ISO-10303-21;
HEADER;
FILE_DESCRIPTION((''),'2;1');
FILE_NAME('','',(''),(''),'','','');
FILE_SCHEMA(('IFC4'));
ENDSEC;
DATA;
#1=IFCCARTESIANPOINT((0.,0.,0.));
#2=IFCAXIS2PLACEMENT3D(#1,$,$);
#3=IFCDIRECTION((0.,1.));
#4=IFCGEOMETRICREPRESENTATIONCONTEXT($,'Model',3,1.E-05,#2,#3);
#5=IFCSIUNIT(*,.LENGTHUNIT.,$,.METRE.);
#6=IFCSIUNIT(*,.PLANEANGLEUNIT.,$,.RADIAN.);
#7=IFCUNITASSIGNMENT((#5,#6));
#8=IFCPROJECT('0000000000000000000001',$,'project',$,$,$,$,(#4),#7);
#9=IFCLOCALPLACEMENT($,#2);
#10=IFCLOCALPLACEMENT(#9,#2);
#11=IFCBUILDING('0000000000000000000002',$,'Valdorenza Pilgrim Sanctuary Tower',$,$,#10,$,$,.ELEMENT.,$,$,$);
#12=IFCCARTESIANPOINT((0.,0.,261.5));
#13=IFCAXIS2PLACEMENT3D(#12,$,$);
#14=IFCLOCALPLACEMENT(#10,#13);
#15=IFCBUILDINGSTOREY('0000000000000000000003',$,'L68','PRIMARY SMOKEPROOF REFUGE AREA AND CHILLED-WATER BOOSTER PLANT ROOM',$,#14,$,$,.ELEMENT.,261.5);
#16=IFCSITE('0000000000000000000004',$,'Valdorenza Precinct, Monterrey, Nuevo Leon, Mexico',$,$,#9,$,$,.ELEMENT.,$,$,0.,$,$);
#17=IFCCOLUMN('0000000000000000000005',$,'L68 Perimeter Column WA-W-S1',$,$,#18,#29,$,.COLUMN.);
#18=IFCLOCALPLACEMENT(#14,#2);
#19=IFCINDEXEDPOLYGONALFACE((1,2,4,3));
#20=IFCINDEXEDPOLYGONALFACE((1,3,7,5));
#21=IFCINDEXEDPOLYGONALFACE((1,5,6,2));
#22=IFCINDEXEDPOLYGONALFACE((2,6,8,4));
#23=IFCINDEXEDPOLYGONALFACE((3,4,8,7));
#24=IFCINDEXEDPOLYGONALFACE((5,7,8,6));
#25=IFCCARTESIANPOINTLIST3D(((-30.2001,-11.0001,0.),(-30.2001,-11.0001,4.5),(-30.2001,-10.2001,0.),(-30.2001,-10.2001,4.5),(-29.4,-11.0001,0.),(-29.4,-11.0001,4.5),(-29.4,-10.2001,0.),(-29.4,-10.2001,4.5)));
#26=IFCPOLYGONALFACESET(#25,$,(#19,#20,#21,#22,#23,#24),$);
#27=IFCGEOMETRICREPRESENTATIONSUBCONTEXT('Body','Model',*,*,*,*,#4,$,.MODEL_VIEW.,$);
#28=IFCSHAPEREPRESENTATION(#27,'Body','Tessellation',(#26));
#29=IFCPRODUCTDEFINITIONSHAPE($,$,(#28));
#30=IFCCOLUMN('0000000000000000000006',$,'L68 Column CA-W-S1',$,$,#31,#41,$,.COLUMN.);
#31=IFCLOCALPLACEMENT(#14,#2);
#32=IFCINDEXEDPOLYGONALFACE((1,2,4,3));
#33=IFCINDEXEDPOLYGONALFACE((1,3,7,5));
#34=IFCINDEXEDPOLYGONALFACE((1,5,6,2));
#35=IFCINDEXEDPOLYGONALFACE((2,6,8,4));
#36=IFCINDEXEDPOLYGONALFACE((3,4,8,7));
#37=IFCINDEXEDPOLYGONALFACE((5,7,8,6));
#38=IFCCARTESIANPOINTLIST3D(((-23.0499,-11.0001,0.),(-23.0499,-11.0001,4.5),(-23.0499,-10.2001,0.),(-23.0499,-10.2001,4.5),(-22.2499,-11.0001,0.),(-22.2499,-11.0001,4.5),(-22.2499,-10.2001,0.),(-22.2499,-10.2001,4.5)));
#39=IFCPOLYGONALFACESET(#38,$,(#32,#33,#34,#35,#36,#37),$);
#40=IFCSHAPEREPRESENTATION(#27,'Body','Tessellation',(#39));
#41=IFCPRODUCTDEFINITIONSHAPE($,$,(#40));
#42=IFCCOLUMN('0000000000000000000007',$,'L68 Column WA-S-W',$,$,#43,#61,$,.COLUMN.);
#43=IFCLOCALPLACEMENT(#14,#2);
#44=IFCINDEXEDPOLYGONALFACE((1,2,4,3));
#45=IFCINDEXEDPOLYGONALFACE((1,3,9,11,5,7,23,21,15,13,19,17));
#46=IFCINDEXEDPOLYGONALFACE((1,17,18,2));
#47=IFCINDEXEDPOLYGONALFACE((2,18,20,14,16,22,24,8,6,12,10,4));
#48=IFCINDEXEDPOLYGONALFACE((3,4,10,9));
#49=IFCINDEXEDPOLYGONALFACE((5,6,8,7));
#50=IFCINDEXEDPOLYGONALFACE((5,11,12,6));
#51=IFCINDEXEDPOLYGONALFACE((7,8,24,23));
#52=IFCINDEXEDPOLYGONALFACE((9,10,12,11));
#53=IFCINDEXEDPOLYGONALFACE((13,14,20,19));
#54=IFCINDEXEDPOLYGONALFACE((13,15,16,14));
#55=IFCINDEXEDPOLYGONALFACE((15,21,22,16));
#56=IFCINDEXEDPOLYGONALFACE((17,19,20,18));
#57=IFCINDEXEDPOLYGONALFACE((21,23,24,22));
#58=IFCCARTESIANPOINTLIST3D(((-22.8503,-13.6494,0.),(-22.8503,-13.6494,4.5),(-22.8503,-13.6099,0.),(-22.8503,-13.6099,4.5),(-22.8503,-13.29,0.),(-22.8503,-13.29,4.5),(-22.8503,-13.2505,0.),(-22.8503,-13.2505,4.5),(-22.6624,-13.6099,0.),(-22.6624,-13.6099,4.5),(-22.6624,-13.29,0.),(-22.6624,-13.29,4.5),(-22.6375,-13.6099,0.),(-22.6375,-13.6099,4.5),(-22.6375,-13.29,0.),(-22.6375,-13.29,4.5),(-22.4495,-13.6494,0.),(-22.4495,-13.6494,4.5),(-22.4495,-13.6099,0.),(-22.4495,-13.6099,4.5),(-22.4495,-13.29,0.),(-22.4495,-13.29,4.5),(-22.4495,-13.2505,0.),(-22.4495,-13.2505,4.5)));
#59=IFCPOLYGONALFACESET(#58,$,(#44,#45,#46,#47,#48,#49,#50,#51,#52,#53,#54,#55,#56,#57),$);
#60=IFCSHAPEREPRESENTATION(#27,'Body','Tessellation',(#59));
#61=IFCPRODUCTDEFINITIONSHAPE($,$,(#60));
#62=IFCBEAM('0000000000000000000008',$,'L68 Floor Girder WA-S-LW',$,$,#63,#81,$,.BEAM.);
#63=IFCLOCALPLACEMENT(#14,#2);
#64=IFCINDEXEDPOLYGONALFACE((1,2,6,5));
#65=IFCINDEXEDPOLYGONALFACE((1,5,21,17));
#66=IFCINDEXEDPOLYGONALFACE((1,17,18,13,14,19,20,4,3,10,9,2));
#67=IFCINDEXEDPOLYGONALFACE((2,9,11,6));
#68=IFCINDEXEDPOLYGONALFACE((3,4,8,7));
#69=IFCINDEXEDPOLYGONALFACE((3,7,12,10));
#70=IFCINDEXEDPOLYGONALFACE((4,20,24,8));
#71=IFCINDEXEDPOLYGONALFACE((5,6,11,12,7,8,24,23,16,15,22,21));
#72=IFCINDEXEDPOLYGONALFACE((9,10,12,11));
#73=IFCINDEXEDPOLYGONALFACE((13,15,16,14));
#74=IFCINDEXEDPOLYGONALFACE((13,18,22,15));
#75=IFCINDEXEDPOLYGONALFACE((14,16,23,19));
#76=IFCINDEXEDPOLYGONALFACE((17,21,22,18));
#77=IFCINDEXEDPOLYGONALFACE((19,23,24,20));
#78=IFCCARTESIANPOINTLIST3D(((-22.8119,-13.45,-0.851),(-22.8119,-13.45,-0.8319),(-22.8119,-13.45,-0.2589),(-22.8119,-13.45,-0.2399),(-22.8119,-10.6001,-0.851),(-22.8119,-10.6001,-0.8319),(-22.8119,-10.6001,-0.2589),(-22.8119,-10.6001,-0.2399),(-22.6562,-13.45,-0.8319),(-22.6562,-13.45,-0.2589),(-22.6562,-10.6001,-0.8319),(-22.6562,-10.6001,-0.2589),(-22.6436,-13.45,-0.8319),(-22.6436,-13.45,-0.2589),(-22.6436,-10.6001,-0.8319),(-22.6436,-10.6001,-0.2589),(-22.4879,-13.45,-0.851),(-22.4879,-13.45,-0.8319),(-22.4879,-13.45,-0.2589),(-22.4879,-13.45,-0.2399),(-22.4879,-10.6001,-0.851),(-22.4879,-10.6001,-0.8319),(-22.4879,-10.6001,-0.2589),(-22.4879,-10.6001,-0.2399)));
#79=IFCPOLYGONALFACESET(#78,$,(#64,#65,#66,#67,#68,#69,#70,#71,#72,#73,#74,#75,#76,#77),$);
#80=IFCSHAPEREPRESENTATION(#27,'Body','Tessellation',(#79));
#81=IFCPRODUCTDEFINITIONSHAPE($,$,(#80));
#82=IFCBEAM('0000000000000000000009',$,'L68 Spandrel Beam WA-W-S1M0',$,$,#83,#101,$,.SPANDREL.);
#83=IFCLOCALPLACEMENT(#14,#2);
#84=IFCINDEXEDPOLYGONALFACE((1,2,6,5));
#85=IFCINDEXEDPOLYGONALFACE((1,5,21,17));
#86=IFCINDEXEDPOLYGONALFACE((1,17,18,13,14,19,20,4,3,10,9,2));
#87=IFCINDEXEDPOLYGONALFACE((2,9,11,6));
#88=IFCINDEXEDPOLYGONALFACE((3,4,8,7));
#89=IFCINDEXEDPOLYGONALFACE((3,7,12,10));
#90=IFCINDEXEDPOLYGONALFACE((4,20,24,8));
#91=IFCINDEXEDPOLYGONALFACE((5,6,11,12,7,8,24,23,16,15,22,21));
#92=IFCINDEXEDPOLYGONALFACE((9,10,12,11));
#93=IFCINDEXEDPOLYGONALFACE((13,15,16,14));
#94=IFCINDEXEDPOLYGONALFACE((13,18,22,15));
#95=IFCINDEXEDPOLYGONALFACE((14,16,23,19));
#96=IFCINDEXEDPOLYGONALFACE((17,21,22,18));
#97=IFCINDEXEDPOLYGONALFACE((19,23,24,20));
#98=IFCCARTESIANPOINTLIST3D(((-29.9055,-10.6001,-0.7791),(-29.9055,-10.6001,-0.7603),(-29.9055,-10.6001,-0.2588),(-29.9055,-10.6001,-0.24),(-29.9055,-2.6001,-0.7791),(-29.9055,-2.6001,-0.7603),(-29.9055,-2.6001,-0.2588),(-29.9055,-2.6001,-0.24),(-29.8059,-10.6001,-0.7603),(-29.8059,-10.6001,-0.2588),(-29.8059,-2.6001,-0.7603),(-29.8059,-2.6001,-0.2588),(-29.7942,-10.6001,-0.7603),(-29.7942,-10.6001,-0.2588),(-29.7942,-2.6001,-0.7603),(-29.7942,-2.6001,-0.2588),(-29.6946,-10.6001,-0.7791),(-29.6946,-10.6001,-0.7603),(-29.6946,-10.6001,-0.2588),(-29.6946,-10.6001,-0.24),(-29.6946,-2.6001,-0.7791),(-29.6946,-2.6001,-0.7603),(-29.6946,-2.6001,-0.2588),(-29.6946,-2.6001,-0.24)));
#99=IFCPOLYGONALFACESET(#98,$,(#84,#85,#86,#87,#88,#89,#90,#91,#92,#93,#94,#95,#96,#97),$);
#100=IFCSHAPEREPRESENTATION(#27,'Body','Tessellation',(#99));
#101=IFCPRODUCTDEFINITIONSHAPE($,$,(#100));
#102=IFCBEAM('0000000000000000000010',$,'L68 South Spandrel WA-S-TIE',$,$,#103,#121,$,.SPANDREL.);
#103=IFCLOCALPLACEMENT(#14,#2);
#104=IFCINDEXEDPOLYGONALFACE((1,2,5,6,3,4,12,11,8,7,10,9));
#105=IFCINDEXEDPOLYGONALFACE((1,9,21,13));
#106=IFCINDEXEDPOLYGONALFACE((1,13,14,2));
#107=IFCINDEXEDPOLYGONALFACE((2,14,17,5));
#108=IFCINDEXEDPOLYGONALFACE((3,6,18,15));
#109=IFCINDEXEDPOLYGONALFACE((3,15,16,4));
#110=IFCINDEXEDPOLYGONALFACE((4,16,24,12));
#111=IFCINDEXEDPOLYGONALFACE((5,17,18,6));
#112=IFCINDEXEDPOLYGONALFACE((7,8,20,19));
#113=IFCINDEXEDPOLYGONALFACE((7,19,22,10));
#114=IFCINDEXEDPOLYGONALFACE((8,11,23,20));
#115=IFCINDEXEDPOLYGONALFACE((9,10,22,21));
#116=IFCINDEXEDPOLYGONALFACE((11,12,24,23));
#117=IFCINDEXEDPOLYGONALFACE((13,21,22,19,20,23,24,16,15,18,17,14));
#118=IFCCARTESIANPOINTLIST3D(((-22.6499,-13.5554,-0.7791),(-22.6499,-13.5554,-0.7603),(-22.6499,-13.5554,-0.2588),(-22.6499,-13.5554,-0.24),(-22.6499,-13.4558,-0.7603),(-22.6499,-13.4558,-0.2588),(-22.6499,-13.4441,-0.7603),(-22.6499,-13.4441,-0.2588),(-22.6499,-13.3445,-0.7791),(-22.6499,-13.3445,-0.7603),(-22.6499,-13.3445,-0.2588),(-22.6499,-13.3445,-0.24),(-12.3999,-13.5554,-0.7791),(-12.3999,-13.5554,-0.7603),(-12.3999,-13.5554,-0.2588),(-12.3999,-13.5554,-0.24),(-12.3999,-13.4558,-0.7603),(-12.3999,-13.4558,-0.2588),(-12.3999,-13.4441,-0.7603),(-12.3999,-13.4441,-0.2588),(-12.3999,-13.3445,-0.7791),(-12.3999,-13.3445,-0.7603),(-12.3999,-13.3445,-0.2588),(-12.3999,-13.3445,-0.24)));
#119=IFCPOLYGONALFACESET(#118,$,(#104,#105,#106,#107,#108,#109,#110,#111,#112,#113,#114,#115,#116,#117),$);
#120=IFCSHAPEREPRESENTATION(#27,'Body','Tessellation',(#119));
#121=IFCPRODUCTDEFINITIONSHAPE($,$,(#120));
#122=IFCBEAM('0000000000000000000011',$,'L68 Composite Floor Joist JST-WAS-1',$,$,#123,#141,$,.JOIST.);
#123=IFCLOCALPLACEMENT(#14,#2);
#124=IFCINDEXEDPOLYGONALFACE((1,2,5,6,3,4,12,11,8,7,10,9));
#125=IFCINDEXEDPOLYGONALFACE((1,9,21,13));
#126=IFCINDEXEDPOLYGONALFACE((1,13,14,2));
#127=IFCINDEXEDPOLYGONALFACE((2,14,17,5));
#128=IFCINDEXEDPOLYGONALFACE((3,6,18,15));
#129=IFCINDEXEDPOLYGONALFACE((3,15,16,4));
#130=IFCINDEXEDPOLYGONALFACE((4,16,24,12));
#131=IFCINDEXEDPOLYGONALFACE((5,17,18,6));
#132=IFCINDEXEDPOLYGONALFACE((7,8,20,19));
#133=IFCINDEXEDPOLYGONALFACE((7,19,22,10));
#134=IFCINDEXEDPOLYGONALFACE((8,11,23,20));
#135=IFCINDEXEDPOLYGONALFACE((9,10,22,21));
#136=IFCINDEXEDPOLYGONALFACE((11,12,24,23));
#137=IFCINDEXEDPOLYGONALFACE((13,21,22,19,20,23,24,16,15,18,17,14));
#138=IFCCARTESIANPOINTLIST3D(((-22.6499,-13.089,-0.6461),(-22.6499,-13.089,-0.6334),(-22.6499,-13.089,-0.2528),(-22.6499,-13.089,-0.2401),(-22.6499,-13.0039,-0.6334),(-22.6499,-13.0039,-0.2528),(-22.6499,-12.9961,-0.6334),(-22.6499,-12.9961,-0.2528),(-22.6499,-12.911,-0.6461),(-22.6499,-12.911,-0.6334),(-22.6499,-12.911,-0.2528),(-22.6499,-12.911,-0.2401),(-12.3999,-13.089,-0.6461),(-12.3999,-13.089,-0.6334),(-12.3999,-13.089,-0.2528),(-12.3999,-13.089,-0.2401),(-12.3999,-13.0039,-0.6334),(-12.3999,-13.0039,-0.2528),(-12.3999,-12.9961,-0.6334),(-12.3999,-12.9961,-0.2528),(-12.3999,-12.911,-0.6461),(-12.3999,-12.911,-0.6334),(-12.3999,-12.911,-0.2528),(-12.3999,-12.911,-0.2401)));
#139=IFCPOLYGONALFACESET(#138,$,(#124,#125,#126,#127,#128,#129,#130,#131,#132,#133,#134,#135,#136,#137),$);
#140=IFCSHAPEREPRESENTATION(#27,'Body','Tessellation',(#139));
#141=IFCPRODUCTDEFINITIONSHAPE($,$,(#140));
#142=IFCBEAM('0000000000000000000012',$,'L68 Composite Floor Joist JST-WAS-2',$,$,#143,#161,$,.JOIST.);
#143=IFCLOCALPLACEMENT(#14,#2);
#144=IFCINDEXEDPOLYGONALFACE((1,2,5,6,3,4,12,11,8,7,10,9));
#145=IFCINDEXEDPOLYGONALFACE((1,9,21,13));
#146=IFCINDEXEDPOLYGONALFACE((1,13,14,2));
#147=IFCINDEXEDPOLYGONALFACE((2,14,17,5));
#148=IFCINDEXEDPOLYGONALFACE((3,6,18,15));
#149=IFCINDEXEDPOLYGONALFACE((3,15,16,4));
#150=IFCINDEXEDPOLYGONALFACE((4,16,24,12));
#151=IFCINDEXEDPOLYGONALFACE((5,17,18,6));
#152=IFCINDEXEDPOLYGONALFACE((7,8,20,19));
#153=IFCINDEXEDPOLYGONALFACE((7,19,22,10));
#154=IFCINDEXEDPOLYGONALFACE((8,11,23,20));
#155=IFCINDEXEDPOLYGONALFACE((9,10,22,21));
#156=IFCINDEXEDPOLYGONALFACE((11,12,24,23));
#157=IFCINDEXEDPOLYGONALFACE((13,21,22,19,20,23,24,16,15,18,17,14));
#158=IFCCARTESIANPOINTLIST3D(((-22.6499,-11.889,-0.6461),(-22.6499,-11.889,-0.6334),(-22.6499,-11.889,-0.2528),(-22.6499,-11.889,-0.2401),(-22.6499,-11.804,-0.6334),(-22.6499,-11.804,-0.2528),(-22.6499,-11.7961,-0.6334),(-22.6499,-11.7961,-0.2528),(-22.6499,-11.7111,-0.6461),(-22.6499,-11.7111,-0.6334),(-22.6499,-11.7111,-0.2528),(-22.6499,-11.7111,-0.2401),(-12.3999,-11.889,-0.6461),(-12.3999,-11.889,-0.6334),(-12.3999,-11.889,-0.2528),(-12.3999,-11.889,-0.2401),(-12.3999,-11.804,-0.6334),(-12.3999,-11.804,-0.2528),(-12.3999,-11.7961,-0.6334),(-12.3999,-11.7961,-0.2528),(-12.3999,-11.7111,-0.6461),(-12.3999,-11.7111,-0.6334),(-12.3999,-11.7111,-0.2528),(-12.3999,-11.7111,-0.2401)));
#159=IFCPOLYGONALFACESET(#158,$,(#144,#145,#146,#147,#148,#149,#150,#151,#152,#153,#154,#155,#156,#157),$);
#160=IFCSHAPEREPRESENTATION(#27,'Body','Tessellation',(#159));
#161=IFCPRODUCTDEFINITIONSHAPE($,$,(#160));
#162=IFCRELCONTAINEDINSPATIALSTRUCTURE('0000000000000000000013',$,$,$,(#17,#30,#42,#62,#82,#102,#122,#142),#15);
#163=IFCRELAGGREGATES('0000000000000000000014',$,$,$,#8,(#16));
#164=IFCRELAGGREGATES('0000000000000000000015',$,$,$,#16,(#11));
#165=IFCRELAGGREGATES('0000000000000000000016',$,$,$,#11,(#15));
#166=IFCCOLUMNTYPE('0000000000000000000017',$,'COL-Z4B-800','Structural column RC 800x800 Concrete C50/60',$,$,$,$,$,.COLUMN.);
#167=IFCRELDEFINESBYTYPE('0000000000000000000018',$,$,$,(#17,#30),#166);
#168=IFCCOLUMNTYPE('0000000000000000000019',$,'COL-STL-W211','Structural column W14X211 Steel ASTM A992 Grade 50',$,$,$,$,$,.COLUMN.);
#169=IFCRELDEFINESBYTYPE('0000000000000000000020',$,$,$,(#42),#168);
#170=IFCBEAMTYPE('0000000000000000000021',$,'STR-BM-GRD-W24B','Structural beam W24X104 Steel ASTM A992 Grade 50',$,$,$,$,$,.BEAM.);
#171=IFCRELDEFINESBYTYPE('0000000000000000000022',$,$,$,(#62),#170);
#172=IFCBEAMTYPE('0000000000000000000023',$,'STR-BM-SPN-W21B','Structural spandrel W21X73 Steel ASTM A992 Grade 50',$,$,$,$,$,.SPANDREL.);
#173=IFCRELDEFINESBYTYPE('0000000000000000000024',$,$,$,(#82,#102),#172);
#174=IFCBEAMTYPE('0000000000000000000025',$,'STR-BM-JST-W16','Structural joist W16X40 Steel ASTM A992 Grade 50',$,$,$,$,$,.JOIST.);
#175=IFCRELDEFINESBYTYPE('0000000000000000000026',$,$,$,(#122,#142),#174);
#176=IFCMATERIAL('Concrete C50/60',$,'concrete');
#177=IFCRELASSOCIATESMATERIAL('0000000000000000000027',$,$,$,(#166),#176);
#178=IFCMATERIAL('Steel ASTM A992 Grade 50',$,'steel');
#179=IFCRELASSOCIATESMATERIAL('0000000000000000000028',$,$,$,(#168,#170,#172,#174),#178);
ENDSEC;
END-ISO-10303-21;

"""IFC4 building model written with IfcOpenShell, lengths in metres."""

from ifc_helpers import new_model, si_unit, direction, frame, origin, origin_2d, place, context, subcontext, project, spatial, rectangle, i_section, extrude, source, transform, mapped, material, material_profile, profile_set, type_object, element, save


model = new_model("IFC4")

# Units and contexts
model_context = context("Model", 3, precision=1e-05, world=origin(), true_north=direction((0.0, 1.0)))
body_context = subcontext(model_context, "Body", "Model", "MODEL_VIEW")
ifc_project = project(units=[si_unit("LENGTHUNIT", "METRE"), si_unit("PLANEANGLEUNIT", "RADIAN")], contexts=[model_context])

# Site, building, storey
site_placement = place(None, origin())
site = spatial("IfcSite", under=ifc_project, at=site_placement, Name="Valdorenza Precinct, Monterrey, Nuevo Leon, Mexico", CompositionType="ELEMENT", RefElevation=0.0)
building_placement = place(site_placement, origin())
building = spatial("IfcBuilding", under=site, at=building_placement, Name="Valdorenza Pilgrim Sanctuary Tower", CompositionType="ELEMENT")
storey_placement = place(building_placement, frame((0.0, 0.0, 261.5)))
storey = spatial("IfcBuildingStorey", under=building, at=storey_placement, Name="L68", Description="PRIMARY SMOKEPROOF REFUGE AREA AND CHILLED-WATER BOOSTER PLANT ROOM", CompositionType="ELEMENT", Elevation=261.5)

# Columns
ifc_material_1 = material(Name="Concrete C50/60", Category="concrete")
ifc_material_profile_1 = material_profile(ifc_material_1, rectangle(XDim=0.8, YDim=0.8, at=origin_2d()), Name="RC 800x800")
ifc_profile_set_1 = profile_set([ifc_material_profile_1], Name="Concrete C50/60")
column_type_1 = type_object("IfcColumnType", Name="COL-Z4B-800", Description="Structural column RC 800x800 Concrete C50/60", PredefinedType="COLUMN", material=ifc_profile_set_1)
shared_shape_1 = source(origin(), body_context, "Body", "SweptSolid", [
    extrude(rectangle(XDim=0.8, YDim=0.8, at=origin_2d()), origin(), (0.0, 0.0, 1.0), 4.5),
])
for number, where, z_axis, x_axis, name in (
    (1, (-29.8, -10.6001, 0.0), (0.0, 0.0, 1.0), (1.0, 0.0, 0.0), "L68 Perimeter Column WA-W-S1"),
    (2, (-22.6499, -10.6001, 0.0), (0.0, 0.0, 1.0), (1.0, 0.0, 0.0), "L68 Column CA-W-S1"),
):
    element("IfcColumn", number, at=place(storey_placement, frame(where, z_axis=z_axis, x_axis=x_axis)), inside=storey, type_object=column_type_1, Name=name, PredefinedType="COLUMN", context=body_context, shape_type="MappedRepresentation", body=[
        mapped(shared_shape_1, transform((0.0, 0.0, 0.0), x_axis=(1.0, 0.0, 0.0), y_axis=(0.0, 1.0, 0.0), z_axis=(0.0, 0.0, 1.0), scale=1.0)),
    ])
ifc_material_2 = material(Name="Steel ASTM A992 Grade 50", Category="steel")
ifc_material_profile_2 = material_profile(ifc_material_2, i_section(OverallWidth=0.4009, OverallDepth=0.3989, WebThickness=0.0249, FlangeThickness=0.0396, at=origin_2d()), Name="W14X211")
ifc_profile_set_2 = profile_set([ifc_material_profile_2], Name="Steel ASTM A992 Grade 50")
column_type_2 = type_object("IfcColumnType", Name="COL-STL-W211", Description="Structural column W14X211 Steel ASTM A992 Grade 50", PredefinedType="COLUMN", material=ifc_profile_set_2)
shared_shape_2 = source(origin(), body_context, "Body", "SweptSolid", [
    extrude(i_section(OverallWidth=0.4009, OverallDepth=0.3989, WebThickness=0.0249, FlangeThickness=0.0396, at=origin_2d()), origin(), (0.0, 0.0, 1.0), 4.5),
])
column_placement = place(storey_placement, frame((-22.6499, -13.45, 0.0), z_axis=(0.0, 0.0, 1.0), x_axis=(1.0, 0.0, 0.0)))
element("IfcColumn", 3, at=column_placement, inside=storey, type_object=column_type_2, Name="L68 Column WA-S-W", PredefinedType="COLUMN", context=body_context, shape_type="MappedRepresentation", body=[
    mapped(shared_shape_2, transform((0.0, 0.0, 0.0), x_axis=(1.0, 0.0, 0.0), y_axis=(0.0, 1.0, 0.0), z_axis=(0.0, 0.0, 1.0), scale=1.0)),
])

# Beams
ifc_material_profile_3 = material_profile(ifc_material_2, i_section(OverallWidth=0.324, OverallDepth=0.6111, WebThickness=0.0127, FlangeThickness=0.019, at=origin_2d()), Name="W24X104")
ifc_profile_set_3 = profile_set([ifc_material_profile_3], Name="Steel ASTM A992 Grade 50")
beam_type_1 = type_object("IfcBeamType", Name="STR-BM-GRD-W24B", Description="Structural beam W24X104 Steel ASTM A992 Grade 50", PredefinedType="BEAM", material=ifc_profile_set_3)
shared_shape_3 = source(origin(), body_context, "Body", "SweptSolid", [
    extrude(i_section(OverallWidth=0.324, OverallDepth=0.6111, WebThickness=0.0127, FlangeThickness=0.019, at=origin_2d()), origin(), (0.0, 0.0, 1.0), 2.8499),
])
beam_1_placement = place(storey_placement, frame((-22.6499, -13.45, -0.5454), z_axis=(0.0, 1.0, 0.0), x_axis=(-1.0, 0.0, 0.0)))
element("IfcBeam", 4, at=beam_1_placement, inside=storey, type_object=beam_type_1, Name="L68 Floor Girder WA-S-LW", PredefinedType="BEAM", context=body_context, shape_type="MappedRepresentation", body=[
    mapped(shared_shape_3, transform((0.0, 0.0, 0.0), x_axis=(1.0, 0.0, 0.0), y_axis=(0.0, 1.0, 0.0), z_axis=(0.0, 0.0, 1.0), scale=1.0)),
])
ifc_material_profile_4 = material_profile(ifc_material_2, i_section(OverallWidth=0.2109, OverallDepth=0.5391, WebThickness=0.0117, FlangeThickness=0.0188, at=origin_2d()), Name="W21X73")
ifc_profile_set_4 = profile_set([ifc_material_profile_4], Name="Steel ASTM A992 Grade 50")
beam_type_2 = type_object("IfcBeamType", Name="STR-BM-SPN-W21B", Description="Structural spandrel W21X73 Steel ASTM A992 Grade 50", PredefinedType="SPANDREL", material=ifc_profile_set_4)
shared_shape_4 = source(origin(), body_context, "Body", "SweptSolid", [
    extrude(i_section(OverallWidth=0.2109, OverallDepth=0.5391, WebThickness=0.0117, FlangeThickness=0.0188, at=origin_2d()), origin(), (0.0, 0.0, 1.0), 8.0),
])
beam_2_placement = place(storey_placement, frame((-29.8, -10.6001, -0.5095), z_axis=(0.0, 1.0, 0.0), x_axis=(-1.0, 0.0, 0.0)))
element("IfcBeam", 5, at=beam_2_placement, inside=storey, type_object=beam_type_2, Name="L68 Spandrel Beam WA-W-S1M0", PredefinedType="SPANDREL", context=body_context, shape_type="MappedRepresentation", body=[
    mapped(shared_shape_4, transform((0.0, 0.0, 0.0), x_axis=(1.0, 0.0, 0.0), y_axis=(0.0, 1.0, 0.0), z_axis=(0.0, 0.0, 1.0), scale=1.0)),
])
shared_shape_5 = source(origin(), body_context, "Body", "SweptSolid", [
    extrude(i_section(OverallWidth=0.2109, OverallDepth=0.5391, WebThickness=0.0117, FlangeThickness=0.0188, at=origin_2d()), origin(), (0.0, 0.0, 1.0), 10.25),
])
beam_3_placement = place(storey_placement, frame((-22.6499, -13.45, -0.5095), z_axis=(1.0, 0.0, 0.0), x_axis=(0.0, 1.0, 0.0)))
element("IfcBeam", 6, at=beam_3_placement, inside=storey, type_object=beam_type_2, Name="L68 South Spandrel WA-S-TIE", PredefinedType="SPANDREL", context=body_context, shape_type="MappedRepresentation", body=[
    mapped(shared_shape_5, transform((0.0, 0.0, 0.0), x_axis=(1.0, 0.0, 0.0), y_axis=(0.0, 1.0, 0.0), z_axis=(0.0, 0.0, 1.0), scale=1.0)),
])
ifc_material_profile_5 = material_profile(ifc_material_2, i_section(OverallWidth=0.178, OverallDepth=0.406, WebThickness=0.0078, FlangeThickness=0.0127, at=origin_2d()), Name="W16X40")
ifc_profile_set_5 = profile_set([ifc_material_profile_5], Name="Steel ASTM A992 Grade 50")
beam_type_3 = type_object("IfcBeamType", Name="STR-BM-JST-W16", Description="Structural joist W16X40 Steel ASTM A992 Grade 50", PredefinedType="JOIST", material=ifc_profile_set_5)
shared_shape_6 = source(origin(), body_context, "Body", "SweptSolid", [
    extrude(i_section(OverallWidth=0.178, OverallDepth=0.406, WebThickness=0.0078, FlangeThickness=0.0127, at=origin_2d()), origin(), (0.0, 0.0, 1.0), 10.25),
])
for number, where, z_axis, x_axis, name in (
    (7, (-22.6499, -13.0, -0.4431), (1.0, 0.0, 0.0), (0.0, 1.0, 0.0), "L68 Composite Floor Joist JST-WAS-1"),
    (8, (-22.6499, -11.8, -0.4431), (1.0, 0.0, 0.0), (0.0, 1.0, 0.0), "L68 Composite Floor Joist JST-WAS-2"),
):
    element("IfcBeam", number, at=place(storey_placement, frame(where, z_axis=z_axis, x_axis=x_axis)), inside=storey, type_object=beam_type_3, Name=name, PredefinedType="JOIST", context=body_context, shape_type="MappedRepresentation", body=[
        mapped(shared_shape_6, transform((0.0, 0.0, 0.0), x_axis=(1.0, 0.0, 0.0), y_axis=(0.0, 1.0, 0.0), z_axis=(0.0, 0.0, 1.0), scale=1.0)),
    ])

save(model, "model.ifc")
